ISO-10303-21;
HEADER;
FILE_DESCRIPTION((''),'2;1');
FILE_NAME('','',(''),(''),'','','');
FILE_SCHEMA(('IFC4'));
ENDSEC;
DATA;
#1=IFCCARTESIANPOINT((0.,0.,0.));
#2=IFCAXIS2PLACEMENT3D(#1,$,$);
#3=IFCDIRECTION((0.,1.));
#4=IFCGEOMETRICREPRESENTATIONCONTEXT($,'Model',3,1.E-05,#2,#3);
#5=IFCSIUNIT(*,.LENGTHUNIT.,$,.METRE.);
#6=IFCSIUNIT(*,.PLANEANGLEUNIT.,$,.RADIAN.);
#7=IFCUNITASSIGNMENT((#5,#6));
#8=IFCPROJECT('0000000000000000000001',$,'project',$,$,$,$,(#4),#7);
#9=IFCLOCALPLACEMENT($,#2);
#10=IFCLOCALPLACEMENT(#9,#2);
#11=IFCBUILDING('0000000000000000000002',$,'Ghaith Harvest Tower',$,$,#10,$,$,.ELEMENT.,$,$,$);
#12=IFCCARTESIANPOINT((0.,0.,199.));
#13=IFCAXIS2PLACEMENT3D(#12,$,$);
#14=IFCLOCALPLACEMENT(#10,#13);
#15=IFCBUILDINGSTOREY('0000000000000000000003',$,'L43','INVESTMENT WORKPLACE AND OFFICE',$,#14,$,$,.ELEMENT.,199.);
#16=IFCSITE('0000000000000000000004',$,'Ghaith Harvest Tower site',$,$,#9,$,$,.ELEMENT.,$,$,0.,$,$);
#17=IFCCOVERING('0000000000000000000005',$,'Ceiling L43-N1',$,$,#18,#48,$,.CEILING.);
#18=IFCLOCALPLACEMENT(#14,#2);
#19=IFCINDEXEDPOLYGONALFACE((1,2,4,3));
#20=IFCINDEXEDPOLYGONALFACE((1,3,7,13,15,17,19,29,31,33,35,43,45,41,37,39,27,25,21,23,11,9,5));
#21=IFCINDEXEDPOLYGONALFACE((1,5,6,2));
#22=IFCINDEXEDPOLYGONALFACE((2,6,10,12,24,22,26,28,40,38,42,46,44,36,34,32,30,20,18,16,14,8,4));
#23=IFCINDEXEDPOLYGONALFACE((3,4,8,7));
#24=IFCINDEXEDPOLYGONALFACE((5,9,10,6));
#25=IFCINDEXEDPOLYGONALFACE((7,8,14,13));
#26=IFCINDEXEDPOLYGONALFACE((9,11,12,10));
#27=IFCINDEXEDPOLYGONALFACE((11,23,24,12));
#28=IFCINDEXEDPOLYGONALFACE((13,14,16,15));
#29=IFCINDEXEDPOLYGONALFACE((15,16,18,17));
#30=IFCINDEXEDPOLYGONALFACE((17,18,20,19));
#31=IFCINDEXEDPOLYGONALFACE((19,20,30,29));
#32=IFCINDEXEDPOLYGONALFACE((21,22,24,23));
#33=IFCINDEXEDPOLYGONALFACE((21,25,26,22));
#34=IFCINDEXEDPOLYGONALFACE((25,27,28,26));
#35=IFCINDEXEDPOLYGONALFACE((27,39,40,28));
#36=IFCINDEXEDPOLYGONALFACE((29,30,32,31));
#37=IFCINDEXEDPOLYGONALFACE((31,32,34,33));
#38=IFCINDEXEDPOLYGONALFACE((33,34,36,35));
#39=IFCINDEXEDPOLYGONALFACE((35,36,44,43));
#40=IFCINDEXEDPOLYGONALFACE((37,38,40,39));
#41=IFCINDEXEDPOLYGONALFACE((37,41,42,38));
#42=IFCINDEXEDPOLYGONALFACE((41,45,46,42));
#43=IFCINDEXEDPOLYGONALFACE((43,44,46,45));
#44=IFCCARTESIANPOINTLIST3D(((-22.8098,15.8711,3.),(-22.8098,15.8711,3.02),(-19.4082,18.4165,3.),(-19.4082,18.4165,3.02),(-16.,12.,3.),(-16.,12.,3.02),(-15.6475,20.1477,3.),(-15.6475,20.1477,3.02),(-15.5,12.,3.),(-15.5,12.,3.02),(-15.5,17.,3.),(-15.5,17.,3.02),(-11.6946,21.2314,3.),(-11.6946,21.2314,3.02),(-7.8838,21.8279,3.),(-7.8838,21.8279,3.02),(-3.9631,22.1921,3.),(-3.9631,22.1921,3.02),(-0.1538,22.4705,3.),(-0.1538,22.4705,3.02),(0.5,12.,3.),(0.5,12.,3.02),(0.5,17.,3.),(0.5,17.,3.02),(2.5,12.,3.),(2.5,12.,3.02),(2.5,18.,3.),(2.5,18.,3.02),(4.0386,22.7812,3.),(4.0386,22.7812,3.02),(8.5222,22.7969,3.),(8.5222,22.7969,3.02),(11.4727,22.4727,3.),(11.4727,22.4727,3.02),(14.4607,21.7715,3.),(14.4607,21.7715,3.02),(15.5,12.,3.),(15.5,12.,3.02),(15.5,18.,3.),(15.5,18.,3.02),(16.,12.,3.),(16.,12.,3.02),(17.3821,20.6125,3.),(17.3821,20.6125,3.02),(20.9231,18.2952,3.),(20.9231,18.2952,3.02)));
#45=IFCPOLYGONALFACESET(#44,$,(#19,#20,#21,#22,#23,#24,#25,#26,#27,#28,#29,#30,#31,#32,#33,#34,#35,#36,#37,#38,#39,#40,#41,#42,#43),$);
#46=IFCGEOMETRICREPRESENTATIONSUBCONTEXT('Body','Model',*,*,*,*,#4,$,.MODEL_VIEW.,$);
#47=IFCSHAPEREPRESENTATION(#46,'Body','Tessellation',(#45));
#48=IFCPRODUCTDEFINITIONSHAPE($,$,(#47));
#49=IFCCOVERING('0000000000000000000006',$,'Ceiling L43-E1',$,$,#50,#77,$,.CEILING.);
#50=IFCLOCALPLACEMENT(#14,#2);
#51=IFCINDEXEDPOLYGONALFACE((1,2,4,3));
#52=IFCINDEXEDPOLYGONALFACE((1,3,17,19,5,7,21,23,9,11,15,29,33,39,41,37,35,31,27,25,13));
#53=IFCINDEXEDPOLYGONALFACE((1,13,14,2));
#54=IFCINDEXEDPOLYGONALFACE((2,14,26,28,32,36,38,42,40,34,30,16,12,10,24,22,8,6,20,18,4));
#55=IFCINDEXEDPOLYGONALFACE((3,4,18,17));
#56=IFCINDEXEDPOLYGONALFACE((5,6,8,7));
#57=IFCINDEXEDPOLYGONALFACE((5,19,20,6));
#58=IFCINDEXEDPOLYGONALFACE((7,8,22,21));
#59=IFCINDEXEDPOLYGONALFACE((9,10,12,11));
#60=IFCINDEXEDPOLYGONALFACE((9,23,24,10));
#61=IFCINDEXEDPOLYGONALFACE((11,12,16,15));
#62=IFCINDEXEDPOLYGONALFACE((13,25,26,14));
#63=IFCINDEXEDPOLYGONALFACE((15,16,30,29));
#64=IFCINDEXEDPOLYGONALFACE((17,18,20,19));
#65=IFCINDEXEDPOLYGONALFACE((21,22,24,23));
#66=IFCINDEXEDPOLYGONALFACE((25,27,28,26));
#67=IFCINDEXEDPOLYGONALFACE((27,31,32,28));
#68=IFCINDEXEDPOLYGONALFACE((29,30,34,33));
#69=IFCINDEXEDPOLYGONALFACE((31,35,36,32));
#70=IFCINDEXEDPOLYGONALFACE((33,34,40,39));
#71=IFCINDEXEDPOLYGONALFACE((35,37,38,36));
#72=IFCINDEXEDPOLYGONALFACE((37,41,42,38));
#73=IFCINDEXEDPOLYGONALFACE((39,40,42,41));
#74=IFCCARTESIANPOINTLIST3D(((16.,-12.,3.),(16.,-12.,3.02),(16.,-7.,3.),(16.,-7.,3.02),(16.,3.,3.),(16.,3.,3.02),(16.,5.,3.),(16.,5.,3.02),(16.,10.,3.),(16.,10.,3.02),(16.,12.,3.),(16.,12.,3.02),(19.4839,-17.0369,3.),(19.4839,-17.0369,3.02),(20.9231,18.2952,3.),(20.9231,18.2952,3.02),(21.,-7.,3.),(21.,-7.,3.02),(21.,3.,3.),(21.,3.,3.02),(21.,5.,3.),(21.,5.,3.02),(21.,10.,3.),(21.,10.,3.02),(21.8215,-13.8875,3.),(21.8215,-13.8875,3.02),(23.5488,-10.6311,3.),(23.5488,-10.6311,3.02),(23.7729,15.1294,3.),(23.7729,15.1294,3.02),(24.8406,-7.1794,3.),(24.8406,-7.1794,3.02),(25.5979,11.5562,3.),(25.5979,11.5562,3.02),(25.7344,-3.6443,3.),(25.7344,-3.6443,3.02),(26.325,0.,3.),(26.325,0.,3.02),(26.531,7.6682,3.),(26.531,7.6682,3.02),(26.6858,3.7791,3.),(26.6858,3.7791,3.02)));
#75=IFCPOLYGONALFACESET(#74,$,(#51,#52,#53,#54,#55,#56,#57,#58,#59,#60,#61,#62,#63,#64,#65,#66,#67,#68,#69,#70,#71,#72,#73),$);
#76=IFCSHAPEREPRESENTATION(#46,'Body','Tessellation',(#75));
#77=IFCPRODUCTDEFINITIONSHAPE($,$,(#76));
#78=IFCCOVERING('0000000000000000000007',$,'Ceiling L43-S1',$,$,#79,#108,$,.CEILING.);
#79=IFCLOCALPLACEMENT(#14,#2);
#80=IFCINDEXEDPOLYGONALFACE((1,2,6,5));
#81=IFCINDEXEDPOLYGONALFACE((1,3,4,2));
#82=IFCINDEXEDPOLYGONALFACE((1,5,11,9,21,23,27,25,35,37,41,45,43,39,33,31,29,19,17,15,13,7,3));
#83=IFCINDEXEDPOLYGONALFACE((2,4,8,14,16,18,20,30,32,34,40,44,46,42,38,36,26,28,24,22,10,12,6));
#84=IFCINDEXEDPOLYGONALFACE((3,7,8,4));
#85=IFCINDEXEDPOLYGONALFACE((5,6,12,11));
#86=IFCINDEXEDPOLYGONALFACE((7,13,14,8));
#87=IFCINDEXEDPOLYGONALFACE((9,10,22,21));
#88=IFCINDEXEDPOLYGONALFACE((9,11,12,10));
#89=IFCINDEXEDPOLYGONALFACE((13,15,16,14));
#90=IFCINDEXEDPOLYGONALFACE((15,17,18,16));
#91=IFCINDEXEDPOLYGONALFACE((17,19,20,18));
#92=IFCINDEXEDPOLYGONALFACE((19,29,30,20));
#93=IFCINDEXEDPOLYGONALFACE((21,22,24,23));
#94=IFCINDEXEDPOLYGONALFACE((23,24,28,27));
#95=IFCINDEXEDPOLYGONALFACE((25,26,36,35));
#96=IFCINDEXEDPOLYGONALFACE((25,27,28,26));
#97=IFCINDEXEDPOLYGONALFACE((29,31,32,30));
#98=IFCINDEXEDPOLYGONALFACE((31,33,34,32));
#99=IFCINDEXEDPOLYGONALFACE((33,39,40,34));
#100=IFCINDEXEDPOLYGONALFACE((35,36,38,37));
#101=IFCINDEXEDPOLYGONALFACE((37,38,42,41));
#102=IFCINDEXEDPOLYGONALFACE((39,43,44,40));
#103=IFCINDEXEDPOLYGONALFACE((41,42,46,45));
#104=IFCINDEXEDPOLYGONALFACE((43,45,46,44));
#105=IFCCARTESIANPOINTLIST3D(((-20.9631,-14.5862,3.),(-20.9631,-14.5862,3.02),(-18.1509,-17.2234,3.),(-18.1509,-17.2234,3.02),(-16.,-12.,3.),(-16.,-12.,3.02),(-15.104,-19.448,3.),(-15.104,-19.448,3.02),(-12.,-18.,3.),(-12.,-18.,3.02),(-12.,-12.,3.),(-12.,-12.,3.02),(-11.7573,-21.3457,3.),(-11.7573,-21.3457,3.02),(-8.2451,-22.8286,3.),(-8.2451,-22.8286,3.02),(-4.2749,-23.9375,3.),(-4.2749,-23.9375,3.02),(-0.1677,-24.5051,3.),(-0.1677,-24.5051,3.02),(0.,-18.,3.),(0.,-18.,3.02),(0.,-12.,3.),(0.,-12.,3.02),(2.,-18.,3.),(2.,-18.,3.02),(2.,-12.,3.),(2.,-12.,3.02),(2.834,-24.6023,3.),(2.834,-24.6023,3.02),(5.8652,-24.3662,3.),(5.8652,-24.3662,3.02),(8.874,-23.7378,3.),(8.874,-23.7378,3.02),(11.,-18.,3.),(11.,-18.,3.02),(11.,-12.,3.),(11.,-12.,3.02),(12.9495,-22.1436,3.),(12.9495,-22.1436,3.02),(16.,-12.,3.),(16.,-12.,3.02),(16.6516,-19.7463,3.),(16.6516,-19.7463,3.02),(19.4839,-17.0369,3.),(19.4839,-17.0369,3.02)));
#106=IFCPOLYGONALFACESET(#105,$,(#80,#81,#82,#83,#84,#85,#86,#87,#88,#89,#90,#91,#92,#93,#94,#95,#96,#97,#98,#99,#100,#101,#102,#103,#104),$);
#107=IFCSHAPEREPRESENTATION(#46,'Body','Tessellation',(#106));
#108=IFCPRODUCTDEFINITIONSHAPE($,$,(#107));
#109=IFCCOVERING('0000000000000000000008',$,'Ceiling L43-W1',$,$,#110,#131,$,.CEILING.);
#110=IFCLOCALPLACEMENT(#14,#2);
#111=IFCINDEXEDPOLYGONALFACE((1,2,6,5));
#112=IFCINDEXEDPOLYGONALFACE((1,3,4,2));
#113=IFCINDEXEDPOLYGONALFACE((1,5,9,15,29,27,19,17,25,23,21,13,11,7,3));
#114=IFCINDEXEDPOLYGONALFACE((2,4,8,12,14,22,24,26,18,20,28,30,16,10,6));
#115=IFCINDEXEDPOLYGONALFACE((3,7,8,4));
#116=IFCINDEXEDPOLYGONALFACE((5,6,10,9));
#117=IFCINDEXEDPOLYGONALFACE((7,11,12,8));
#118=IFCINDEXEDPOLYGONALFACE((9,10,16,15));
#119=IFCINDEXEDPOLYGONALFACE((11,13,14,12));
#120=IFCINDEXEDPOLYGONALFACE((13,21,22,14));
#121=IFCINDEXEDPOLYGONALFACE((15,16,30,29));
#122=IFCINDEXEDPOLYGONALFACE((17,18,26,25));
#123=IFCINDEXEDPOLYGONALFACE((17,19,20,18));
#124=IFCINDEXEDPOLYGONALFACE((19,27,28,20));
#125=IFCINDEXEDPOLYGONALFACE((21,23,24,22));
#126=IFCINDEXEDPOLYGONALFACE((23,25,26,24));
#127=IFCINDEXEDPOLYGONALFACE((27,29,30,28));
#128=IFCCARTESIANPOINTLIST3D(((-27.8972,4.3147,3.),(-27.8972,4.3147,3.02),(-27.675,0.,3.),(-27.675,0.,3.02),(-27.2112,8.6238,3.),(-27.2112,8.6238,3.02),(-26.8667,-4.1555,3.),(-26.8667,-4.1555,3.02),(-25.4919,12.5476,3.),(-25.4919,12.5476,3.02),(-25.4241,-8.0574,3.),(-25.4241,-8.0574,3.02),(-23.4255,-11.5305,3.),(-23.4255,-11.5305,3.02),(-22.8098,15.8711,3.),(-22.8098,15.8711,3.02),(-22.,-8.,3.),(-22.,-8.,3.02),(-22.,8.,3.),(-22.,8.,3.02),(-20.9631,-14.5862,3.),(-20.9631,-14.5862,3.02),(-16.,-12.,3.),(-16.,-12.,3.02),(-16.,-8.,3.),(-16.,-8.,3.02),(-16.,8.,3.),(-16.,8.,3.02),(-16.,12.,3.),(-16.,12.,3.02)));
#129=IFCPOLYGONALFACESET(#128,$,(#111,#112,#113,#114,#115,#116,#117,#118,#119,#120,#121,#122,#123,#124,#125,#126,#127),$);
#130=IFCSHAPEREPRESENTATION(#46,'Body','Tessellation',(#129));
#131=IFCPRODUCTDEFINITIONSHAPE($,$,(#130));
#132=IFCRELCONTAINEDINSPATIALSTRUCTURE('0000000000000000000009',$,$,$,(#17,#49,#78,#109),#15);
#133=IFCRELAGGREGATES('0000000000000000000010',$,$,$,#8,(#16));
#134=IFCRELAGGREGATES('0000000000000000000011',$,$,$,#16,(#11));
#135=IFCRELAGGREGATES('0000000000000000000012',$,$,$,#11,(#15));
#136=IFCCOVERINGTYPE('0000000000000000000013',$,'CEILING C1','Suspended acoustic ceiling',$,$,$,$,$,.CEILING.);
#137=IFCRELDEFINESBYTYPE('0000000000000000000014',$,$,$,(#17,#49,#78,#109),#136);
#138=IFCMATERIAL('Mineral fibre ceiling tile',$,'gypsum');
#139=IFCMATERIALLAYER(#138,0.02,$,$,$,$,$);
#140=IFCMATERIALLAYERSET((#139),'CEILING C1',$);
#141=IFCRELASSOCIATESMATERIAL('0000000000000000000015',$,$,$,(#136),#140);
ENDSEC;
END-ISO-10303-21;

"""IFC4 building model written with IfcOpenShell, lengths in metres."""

from ifc_helpers import new_model, si_unit, direction, frame, origin, place, context, subcontext, project, spatial, polyline, outline, extrude, material, layer, layer_set, type_object, element, save


model = new_model("IFC4")

# Units and contexts
model_context = context("Model", 3, precision=1e-05, world=origin(), true_north=direction((0.0, 1.0)))
body_context = subcontext(model_context, "Body", "Model", "MODEL_VIEW")
ifc_project = project(units=[si_unit("LENGTHUNIT", "METRE"), si_unit("PLANEANGLEUNIT", "RADIAN")], contexts=[model_context])

# Site, building, storey
site_placement = place(None, origin())
site = spatial("IfcSite", under=ifc_project, at=site_placement, Name="Ghaith Harvest Tower site", CompositionType="ELEMENT", RefElevation=0.0)
building_placement = place(site_placement, origin())
building = spatial("IfcBuilding", under=site, at=building_placement, Name="Ghaith Harvest Tower", CompositionType="ELEMENT")
storey_placement = place(building_placement, frame((0.0, 0.0, 199.0)))
storey = spatial("IfcBuildingStorey", under=building, at=storey_placement, Name="L43", Description="INVESTMENT WORKPLACE AND OFFICE", CompositionType="ELEMENT", Elevation=199.0)

# Coverings
ifc_material_1 = material(Name="Mineral fibre ceiling tile", Category="gypsum")
ifc_layer_1 = layer(ifc_material_1, 0.02)
ifc_layer_set_1 = layer_set([ifc_layer_1], Name="CEILING C1")
covering_type = type_object("IfcCoveringType", Name="CEILING C1", Description="Suspended acoustic ceiling", PredefinedType="CEILING", material=ifc_layer_set_1)
covering_1_placement = place(storey_placement, frame((0.0, 0.0, 3.0)))
element("IfcCovering", 1, at=covering_1_placement, inside=storey, type_object=covering_type, Name="Ceiling L43-N1", PredefinedType="CEILING", context=body_context, shape_type="SweptSolid", body=[
    extrude(outline(polyline([(-19.4082, 18.4165), (-15.6475, 20.1477), (-11.6946, 21.2314), (-7.8838, 21.8279), (-3.9631, 22.1921), (-0.1538, 22.4705), (4.0386, 22.7812), (8.5222, 22.7969), (11.4727, 22.4727), (14.4607, 21.7715), (17.3821, 20.6125), (20.9231, 18.2952), (16.0, 12.0), (15.5, 12.0), (15.5, 18.0), (2.5, 18.0), (2.5, 12.0), (0.5, 12.0), (0.5, 17.0), (-15.5, 17.0), (-15.5, 12.0), (-16.0, 12.0), (-22.8098, 15.8711), (-19.4082, 18.4165)])), origin(), (0.0, 0.0, 1.0), 0.02),
])
covering_2_placement = place(storey_placement, frame((0.0, 0.0, 3.0)))
element("IfcCovering", 2, at=covering_2_placement, inside=storey, type_object=covering_type, Name="Ceiling L43-E1", PredefinedType="CEILING", context=body_context, shape_type="SweptSolid", body=[
    extrude(outline(polyline([(23.7729, 15.1294), (25.5979, 11.5562), (26.531, 7.6682), (26.6858, 3.7791), (26.325, 0.0), (25.7344, -3.6443), (24.8406, -7.1794), (23.5488, -10.6311), (21.8215, -13.8875), (19.4839, -17.0369), (16.0, -12.0), (16.0, -7.0), (21.0, -7.0), (21.0, 3.0), (16.0, 3.0), (16.0, 5.0), (21.0, 5.0), (21.0, 10.0), (16.0, 10.0), (16.0, 12.0), (20.9231, 18.2952), (23.7729, 15.1294)])), origin(), (0.0, 0.0, 1.0), 0.02),
])
covering_3_placement = place(storey_placement, frame((0.0, 0.0, 3.0)))
element("IfcCovering", 3, at=covering_3_placement, inside=storey, type_object=covering_type, Name="Ceiling L43-S1", PredefinedType="CEILING", context=body_context, shape_type="SweptSolid", body=[
    extrude(outline(polyline([(16.6516, -19.7463), (12.9495, -22.1436), (8.874, -23.7378), (5.8652, -24.3662), (2.834, -24.6023), (-0.1677, -24.5051), (-4.2749, -23.9375), (-8.2451, -22.8286), (-11.7573, -21.3457), (-15.104, -19.448), (-18.1509, -17.2234), (-20.9631, -14.5862), (-16.0, -12.0), (-12.0, -12.0), (-12.0, -18.0), (0.0, -18.0), (0.0, -12.0), (2.0, -12.0), (2.0, -18.0), (11.0, -18.0), (11.0, -12.0), (16.0, -12.0), (19.4839, -17.0369), (16.6516, -19.7463)])), origin(), (0.0, 0.0, 1.0), 0.02),
])
covering_4_placement = place(storey_placement, frame((0.0, 0.0, 3.0)))
element("IfcCovering", 4, at=covering_4_placement, inside=storey, type_object=covering_type, Name="Ceiling L43-W1", PredefinedType="CEILING", context=body_context, shape_type="SweptSolid", body=[
    extrude(outline(polyline([(-26.8667, -4.1555), (-27.675, 0.0), (-27.8972, 4.3147), (-27.2112, 8.6238), (-25.4919, 12.5476), (-22.8098, 15.8711), (-16.0, 12.0), (-16.0, 8.0), (-22.0, 8.0), (-22.0, -8.0), (-16.0, -8.0), (-16.0, -12.0), (-20.9631, -14.5862), (-23.4255, -11.5305), (-25.4241, -8.0574), (-26.8667, -4.1555)])), origin(), (0.0, 0.0, 1.0), 0.02),
])

save(model, "model.ifc")
